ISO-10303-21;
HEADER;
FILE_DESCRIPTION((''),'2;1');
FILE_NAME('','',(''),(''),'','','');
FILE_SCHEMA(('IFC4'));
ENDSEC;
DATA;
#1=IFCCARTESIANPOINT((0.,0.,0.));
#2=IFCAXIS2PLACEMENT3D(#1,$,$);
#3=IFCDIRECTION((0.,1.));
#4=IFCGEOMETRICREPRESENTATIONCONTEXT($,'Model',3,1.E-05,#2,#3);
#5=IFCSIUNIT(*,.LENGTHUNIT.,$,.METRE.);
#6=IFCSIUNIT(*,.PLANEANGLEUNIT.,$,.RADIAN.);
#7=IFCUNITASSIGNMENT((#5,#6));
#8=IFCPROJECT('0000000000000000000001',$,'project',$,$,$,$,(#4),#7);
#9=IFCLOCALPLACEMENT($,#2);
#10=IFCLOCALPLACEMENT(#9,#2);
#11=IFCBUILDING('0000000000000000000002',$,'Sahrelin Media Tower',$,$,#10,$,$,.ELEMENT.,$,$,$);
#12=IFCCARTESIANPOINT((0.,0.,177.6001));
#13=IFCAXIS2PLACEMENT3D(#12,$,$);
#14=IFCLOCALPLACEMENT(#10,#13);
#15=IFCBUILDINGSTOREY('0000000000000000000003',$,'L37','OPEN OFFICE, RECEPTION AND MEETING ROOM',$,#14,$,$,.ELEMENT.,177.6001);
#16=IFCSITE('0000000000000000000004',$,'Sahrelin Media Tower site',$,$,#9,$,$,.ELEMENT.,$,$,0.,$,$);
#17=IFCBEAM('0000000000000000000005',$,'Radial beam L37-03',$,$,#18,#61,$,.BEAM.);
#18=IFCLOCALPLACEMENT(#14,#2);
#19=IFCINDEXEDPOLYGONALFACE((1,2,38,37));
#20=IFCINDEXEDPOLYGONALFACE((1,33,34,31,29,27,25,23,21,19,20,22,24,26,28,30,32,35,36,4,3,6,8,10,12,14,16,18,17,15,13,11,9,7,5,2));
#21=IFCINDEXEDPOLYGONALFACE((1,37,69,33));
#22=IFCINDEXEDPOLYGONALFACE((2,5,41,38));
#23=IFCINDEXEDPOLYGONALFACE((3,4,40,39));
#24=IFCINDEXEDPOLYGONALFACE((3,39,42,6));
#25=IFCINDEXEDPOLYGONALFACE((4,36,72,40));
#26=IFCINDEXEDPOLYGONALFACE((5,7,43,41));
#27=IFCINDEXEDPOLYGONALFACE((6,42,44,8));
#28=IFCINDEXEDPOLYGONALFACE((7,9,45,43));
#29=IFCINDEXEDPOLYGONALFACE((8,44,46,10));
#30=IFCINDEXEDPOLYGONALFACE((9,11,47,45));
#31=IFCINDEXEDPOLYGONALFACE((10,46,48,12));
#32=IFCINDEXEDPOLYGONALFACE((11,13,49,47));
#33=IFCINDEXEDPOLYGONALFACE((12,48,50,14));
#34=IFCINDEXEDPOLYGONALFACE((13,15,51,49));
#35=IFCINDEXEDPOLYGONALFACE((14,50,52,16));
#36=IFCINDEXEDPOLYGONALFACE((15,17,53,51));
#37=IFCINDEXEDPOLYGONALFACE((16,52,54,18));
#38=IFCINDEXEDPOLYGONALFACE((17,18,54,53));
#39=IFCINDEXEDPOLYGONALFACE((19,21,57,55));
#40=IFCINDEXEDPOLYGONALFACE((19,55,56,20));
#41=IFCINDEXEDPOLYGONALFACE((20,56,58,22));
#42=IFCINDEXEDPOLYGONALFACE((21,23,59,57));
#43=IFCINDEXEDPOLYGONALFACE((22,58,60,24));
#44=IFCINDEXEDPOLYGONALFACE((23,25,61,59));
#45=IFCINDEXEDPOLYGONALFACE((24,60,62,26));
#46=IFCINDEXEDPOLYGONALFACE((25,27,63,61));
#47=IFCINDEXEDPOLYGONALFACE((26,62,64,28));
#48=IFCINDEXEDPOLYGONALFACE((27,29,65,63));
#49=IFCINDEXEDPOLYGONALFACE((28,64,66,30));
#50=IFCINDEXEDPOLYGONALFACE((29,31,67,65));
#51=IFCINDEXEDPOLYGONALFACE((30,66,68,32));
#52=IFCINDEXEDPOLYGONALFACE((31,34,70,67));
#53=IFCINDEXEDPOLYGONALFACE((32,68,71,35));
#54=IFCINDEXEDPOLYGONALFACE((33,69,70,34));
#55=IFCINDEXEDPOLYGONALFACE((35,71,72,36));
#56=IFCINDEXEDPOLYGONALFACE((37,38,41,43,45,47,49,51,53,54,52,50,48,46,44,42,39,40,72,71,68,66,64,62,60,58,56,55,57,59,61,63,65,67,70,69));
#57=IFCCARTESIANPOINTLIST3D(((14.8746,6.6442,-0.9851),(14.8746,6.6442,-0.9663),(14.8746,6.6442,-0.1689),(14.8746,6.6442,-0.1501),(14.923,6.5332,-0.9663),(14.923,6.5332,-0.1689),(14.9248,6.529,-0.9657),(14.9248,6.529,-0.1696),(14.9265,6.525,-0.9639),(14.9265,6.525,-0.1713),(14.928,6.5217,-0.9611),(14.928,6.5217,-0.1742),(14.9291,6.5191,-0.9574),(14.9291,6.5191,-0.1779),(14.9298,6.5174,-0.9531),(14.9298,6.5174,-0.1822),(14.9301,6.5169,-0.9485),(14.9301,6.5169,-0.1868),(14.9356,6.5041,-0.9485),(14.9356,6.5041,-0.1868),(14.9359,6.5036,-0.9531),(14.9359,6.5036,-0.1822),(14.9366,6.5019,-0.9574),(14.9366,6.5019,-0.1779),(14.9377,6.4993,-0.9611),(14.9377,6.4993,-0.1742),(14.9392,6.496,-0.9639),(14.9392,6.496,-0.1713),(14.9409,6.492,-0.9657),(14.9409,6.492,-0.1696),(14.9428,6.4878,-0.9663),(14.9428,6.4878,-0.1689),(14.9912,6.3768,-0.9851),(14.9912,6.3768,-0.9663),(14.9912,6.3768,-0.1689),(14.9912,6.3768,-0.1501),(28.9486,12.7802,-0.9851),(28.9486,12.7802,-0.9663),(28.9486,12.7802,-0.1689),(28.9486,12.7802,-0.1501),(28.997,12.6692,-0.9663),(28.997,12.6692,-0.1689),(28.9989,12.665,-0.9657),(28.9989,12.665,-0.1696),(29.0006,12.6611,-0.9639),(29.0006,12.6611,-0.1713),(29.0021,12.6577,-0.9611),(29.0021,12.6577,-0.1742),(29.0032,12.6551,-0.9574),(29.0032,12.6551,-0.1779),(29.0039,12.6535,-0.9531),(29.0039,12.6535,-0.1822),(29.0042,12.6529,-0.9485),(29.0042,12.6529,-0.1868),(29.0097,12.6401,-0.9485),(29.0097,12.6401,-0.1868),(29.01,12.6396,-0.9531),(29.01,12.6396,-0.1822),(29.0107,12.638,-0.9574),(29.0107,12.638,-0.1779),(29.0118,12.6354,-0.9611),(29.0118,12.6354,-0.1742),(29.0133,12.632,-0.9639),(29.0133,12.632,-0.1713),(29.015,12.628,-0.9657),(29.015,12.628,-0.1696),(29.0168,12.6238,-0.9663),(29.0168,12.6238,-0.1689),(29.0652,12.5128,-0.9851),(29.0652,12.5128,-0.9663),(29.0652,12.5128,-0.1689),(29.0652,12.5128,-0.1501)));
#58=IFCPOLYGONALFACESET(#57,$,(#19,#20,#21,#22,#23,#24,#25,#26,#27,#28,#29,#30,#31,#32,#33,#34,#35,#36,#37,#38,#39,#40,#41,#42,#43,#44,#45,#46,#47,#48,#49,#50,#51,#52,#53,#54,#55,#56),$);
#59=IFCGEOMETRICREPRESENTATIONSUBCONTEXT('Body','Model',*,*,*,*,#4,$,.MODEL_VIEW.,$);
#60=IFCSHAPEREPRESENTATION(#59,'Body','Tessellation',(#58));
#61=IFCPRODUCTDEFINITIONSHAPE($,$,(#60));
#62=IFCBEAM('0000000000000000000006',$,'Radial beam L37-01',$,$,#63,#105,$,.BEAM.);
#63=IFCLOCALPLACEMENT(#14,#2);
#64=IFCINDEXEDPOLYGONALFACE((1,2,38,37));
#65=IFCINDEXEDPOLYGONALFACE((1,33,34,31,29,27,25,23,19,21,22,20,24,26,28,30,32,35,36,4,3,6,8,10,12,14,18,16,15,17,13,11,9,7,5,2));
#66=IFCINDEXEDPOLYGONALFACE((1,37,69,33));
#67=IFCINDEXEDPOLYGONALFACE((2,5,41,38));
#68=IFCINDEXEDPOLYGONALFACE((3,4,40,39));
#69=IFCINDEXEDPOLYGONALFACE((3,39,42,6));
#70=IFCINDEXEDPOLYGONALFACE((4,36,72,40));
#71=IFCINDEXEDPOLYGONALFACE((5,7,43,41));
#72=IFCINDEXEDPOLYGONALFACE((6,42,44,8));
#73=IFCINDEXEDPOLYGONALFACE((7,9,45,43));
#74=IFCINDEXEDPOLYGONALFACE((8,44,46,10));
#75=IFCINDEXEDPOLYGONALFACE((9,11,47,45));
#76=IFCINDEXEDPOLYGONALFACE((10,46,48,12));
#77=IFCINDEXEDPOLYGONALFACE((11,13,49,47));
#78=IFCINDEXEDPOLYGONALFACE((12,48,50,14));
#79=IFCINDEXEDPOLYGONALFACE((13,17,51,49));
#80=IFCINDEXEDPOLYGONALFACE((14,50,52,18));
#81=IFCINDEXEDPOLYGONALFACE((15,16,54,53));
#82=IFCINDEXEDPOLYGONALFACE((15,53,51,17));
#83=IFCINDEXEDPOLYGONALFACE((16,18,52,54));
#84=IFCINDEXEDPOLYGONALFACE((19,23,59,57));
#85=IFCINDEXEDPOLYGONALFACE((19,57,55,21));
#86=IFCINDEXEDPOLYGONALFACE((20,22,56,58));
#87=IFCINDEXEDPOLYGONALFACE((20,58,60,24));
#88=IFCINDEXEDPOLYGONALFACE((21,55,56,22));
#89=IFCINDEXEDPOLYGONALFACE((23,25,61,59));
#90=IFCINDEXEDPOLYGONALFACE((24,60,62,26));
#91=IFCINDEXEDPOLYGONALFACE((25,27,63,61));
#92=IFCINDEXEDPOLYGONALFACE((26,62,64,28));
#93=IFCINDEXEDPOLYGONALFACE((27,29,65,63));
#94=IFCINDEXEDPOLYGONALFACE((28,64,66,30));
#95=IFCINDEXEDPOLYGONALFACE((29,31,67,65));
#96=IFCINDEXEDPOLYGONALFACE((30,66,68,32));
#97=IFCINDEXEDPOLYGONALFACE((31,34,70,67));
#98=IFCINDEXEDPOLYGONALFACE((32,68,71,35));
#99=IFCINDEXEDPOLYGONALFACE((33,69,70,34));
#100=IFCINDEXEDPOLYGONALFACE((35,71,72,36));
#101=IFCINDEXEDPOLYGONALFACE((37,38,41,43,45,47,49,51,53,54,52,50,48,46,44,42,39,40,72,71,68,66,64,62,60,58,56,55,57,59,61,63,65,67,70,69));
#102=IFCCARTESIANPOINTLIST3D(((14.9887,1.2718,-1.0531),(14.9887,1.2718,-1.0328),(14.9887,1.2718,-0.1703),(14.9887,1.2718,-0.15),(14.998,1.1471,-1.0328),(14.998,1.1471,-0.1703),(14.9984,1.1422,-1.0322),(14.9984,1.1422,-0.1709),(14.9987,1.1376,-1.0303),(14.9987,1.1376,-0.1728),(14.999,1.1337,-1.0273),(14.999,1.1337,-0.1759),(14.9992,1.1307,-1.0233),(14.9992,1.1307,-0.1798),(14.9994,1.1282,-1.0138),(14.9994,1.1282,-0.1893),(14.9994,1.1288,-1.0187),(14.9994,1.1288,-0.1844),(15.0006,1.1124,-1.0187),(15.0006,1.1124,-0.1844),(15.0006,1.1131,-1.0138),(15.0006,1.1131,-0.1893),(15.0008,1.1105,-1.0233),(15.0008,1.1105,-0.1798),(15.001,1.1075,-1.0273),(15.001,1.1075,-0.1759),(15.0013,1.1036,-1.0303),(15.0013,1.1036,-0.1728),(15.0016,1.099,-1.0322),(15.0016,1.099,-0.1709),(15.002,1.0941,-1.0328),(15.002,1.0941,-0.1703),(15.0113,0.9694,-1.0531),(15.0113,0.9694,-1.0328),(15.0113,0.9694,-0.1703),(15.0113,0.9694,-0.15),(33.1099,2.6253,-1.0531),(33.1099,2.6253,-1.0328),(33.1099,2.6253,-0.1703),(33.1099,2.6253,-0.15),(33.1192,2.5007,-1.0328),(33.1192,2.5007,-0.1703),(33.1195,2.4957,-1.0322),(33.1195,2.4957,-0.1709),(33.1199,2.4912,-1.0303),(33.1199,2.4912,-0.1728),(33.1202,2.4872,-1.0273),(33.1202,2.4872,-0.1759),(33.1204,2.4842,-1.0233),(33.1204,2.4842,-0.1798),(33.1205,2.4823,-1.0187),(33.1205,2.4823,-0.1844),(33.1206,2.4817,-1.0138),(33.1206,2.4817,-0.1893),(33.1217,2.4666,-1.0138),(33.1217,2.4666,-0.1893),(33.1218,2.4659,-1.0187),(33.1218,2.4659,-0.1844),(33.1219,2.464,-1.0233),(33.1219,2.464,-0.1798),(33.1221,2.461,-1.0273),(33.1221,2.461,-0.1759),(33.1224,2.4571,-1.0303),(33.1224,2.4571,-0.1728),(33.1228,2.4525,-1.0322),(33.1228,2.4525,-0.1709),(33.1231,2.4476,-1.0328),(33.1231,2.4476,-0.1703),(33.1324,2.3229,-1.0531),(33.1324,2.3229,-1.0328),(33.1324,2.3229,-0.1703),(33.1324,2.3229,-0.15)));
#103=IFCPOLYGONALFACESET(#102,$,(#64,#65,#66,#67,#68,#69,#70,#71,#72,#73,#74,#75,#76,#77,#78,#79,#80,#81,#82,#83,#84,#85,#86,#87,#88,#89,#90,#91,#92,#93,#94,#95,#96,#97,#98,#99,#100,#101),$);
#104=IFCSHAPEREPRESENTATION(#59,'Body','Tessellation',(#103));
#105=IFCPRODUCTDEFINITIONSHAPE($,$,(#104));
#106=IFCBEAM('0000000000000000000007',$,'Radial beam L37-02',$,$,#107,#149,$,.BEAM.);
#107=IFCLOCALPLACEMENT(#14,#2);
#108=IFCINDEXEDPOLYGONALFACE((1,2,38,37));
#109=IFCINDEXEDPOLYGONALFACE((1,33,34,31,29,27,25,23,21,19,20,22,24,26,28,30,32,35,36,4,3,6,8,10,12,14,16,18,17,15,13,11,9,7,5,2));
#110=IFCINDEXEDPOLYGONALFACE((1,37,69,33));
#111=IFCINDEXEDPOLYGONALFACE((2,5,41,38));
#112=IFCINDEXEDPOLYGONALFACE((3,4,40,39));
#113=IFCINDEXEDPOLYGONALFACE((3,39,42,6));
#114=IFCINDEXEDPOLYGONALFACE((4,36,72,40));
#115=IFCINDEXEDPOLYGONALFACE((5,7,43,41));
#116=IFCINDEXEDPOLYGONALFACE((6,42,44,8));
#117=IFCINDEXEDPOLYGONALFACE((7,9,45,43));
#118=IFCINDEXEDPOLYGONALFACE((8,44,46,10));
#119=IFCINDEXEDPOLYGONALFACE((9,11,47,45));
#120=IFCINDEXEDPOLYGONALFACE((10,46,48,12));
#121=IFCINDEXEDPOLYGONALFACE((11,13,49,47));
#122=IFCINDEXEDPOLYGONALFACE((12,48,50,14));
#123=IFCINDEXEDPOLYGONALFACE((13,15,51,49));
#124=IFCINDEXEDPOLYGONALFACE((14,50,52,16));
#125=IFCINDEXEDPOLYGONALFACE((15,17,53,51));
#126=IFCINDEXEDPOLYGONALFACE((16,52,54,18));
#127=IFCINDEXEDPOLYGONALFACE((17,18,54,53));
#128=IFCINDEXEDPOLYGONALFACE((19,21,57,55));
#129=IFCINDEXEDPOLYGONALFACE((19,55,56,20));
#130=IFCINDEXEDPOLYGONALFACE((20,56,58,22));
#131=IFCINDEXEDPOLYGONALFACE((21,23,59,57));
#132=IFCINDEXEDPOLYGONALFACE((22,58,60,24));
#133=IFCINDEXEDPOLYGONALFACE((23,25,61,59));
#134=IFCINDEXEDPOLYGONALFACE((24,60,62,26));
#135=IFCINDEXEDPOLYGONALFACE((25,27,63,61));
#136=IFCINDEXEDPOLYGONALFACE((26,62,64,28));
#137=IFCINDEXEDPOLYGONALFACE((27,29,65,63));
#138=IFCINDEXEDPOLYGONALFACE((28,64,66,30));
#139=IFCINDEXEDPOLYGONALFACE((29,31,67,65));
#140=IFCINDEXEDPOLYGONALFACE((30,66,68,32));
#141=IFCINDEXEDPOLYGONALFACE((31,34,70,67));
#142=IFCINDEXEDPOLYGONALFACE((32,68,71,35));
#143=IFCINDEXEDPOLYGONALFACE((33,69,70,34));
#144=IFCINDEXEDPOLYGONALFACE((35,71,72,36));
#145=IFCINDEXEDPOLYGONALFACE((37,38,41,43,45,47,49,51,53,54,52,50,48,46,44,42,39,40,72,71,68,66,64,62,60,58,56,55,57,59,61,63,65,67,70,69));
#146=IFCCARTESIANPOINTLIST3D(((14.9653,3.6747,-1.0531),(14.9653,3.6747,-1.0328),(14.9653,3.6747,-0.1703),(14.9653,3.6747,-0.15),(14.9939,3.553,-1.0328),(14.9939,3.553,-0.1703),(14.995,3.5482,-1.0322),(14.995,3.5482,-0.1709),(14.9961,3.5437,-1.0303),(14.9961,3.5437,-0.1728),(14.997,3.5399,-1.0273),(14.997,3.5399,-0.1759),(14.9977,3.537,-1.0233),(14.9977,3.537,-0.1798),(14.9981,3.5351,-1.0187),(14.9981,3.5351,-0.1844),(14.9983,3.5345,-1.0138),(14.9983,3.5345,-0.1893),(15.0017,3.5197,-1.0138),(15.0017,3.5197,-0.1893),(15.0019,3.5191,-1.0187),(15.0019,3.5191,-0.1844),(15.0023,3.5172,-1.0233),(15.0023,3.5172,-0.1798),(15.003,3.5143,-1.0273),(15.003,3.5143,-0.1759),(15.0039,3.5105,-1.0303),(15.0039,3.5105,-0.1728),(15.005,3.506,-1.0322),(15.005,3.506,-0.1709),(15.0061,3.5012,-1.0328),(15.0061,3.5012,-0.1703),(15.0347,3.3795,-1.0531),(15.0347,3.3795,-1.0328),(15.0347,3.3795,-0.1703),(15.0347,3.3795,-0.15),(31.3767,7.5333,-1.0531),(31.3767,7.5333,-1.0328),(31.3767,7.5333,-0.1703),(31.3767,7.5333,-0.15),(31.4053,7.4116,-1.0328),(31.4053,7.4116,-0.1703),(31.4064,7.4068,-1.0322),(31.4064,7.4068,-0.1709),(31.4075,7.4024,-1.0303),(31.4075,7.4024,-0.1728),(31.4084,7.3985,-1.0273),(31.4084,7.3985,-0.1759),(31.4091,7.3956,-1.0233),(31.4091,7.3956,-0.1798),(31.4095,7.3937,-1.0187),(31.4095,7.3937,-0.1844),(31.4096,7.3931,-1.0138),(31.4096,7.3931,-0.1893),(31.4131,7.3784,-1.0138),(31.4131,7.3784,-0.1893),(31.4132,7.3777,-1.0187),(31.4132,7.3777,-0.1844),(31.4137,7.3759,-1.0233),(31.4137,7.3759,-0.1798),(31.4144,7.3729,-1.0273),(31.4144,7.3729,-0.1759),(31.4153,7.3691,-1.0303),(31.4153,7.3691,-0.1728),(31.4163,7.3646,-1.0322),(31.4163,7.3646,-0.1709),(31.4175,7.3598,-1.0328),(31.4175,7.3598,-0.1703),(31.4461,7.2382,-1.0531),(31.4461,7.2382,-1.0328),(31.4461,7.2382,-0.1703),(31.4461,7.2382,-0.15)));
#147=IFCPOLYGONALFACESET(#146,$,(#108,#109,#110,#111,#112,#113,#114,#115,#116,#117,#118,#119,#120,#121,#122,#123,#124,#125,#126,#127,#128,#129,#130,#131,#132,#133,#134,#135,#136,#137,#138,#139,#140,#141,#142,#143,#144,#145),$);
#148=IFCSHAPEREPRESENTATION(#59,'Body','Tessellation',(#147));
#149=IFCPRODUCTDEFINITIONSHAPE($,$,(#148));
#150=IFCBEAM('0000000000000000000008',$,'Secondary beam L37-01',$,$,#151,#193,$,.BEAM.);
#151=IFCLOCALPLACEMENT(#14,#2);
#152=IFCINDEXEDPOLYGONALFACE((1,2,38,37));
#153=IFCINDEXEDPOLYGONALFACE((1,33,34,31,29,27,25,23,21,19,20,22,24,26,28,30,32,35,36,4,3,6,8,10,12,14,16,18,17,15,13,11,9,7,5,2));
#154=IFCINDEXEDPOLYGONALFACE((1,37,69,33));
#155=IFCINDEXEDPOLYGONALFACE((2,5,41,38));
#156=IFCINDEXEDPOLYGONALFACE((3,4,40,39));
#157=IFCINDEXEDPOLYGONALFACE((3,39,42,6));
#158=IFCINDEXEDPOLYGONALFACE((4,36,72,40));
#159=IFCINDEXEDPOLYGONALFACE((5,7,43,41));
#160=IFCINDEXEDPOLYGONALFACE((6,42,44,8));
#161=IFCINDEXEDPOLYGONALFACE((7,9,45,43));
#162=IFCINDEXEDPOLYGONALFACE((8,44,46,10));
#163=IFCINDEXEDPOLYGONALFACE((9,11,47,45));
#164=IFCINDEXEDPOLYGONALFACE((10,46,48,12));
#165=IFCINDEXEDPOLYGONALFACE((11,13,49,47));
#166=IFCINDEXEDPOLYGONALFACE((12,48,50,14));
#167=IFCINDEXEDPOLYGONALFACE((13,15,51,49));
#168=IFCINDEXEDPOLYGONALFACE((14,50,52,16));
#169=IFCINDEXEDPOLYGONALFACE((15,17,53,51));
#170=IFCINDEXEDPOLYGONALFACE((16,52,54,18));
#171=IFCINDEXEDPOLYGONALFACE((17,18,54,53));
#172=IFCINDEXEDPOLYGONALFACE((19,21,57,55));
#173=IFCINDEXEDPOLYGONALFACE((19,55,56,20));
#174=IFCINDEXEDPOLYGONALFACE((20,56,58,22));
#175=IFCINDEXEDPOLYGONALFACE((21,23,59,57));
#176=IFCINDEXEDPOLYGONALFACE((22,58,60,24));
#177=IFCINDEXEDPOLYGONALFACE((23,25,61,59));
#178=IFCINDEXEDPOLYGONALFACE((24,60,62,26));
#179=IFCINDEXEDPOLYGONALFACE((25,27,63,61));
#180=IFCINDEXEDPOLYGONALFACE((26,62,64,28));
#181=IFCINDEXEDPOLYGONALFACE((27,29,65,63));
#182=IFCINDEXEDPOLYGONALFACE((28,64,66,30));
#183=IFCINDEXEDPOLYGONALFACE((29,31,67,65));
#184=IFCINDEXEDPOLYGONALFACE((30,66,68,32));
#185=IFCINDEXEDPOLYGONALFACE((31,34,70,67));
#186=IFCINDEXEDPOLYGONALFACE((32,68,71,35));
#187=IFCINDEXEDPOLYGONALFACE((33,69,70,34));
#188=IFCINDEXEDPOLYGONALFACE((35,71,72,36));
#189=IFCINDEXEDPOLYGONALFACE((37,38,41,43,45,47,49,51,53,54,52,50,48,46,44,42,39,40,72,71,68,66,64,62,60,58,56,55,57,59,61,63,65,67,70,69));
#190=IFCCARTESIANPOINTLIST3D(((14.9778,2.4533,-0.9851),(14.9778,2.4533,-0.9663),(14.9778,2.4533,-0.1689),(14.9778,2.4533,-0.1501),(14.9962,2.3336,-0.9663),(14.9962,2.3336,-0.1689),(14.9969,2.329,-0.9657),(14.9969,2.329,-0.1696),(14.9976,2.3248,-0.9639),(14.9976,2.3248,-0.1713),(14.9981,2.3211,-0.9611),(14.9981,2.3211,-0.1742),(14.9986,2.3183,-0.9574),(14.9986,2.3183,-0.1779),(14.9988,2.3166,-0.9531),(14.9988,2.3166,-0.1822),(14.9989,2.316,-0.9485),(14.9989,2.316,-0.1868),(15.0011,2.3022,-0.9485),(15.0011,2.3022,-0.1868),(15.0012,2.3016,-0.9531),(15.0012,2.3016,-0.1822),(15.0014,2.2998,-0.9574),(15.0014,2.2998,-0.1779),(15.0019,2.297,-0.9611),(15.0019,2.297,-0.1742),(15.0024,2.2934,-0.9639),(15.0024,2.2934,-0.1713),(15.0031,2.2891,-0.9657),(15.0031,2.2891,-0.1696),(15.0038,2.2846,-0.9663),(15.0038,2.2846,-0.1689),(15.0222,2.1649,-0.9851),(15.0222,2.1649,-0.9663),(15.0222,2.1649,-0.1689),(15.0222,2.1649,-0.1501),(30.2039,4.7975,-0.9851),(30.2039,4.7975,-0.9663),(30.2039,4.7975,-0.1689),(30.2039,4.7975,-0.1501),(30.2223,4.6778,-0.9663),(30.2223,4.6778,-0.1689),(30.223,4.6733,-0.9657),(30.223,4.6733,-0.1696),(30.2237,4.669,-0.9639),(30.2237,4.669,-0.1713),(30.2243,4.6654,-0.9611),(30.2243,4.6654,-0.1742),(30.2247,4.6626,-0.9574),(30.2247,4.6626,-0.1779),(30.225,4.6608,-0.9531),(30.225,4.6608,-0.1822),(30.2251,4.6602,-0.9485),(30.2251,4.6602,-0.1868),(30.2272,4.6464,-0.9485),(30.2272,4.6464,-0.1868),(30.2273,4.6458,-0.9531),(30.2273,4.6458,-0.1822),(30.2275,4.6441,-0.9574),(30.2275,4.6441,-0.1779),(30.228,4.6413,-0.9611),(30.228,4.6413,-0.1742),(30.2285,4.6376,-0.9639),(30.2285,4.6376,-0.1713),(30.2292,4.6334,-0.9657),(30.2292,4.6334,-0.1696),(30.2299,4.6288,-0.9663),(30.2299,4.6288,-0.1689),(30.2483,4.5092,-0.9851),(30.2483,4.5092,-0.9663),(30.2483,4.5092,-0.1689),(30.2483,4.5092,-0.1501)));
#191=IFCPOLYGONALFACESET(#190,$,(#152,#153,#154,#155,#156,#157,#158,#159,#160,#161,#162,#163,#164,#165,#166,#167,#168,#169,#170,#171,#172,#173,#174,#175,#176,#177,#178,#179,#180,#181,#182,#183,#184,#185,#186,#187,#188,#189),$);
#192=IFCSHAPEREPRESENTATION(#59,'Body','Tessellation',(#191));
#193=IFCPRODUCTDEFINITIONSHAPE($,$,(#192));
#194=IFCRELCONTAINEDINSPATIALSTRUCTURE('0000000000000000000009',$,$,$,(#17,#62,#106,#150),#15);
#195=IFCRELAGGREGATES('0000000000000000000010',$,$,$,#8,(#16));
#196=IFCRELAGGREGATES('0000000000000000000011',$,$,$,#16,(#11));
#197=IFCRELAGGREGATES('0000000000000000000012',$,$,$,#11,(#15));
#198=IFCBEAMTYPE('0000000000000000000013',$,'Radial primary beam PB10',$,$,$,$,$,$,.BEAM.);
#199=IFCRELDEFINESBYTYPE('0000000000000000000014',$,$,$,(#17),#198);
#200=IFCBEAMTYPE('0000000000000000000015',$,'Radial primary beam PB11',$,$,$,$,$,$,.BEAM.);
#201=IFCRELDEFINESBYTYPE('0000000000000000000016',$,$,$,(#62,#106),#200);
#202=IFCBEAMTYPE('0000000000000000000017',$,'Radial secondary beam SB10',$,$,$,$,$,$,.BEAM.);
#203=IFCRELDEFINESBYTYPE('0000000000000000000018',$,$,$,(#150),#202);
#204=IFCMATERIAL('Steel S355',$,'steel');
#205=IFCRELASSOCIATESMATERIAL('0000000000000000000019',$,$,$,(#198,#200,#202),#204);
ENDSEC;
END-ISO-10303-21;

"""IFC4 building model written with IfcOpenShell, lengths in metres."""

from ifc_helpers import new_model, si_unit, direction, frame, origin, origin_2d, place, context, subcontext, project, spatial, i_section, extrude, material, material_profile, profile_set, type_object, element, save


model = new_model("IFC4")

# Units and contexts
model_context = context("Model", 3, precision=1e-05, world=origin(), true_north=direction((0.0, 1.0)))
body_context = subcontext(model_context, "Body", "Model", "MODEL_VIEW")
ifc_project = project(units=[si_unit("LENGTHUNIT", "METRE"), si_unit("PLANEANGLEUNIT", "RADIAN")], contexts=[model_context])

# Site, building, storey
site_placement = place(None, origin())
site = spatial("IfcSite", under=ifc_project, at=site_placement, Name="Sahrelin Media Tower site", CompositionType="ELEMENT", RefElevation=0.0)
building_placement = place(site_placement, origin())
building = spatial("IfcBuilding", under=site, at=building_placement, Name="Sahrelin Media Tower", CompositionType="ELEMENT")
storey_placement = place(building_placement, frame((0.0, 0.0, 177.6001)))
storey = spatial("IfcBuildingStorey", under=building, at=storey_placement, Name="L37", Description="OPEN OFFICE, RECEPTION AND MEETING ROOM", CompositionType="ELEMENT", Elevation=177.6001)

# Beams
ifc_material_1 = material(Name="Steel S355", Category="steel")
ifc_material_profile_1 = material_profile(ifc_material_1, i_section(OverallWidth=0.2917, OverallDepth=0.835, WebThickness=0.0139, FlangeThickness=0.0188, FilletRadius=0.0178, at=origin_2d()), Name="UB 838x292x176")
ifc_profile_set_1 = profile_set([ifc_material_profile_1], Name="Steel S355")
beam_type_1 = type_object("IfcBeamType", Name="Radial primary beam PB10", PredefinedType="BEAM", material=ifc_profile_set_1)
beam_1_placement = place(storey_placement, frame((14.9329, 6.5105, -0.5676), z_axis=(0.916668, 0.39965, 0.0), x_axis=(-0.39965, 0.916668, 0.0)))
element("IfcBeam", 1, at=beam_1_placement, inside=storey, type_object=beam_type_1, Name="Radial beam L37-03", PredefinedType="BEAM", context=body_context, shape_type="SweptSolid", body=[
    extrude(i_section(OverallWidth=0.2917, OverallDepth=0.835, WebThickness=0.0139, FlangeThickness=0.0188, FilletRadius=0.0178, at=origin_2d()), origin(), (0.0, 0.0, 1.0), 15.3535),
])
ifc_material_profile_2 = material_profile(ifc_material_1, i_section(OverallWidth=0.3032, OverallDepth=0.9031, WebThickness=0.0151, FlangeThickness=0.0203, FilletRadius=0.019, at=origin_2d()), Name="UB 914x305x201")
ifc_profile_set_2 = profile_set([ifc_material_profile_2], Name="Steel S355")
beam_type_2 = type_object("IfcBeamType", Name="Radial primary beam PB11", PredefinedType="BEAM", material=ifc_profile_set_2)
beam_2_placement = place(storey_placement, frame((15.0, 1.1206, -0.6016), z_axis=(0.997222, 0.074485, 0.0), x_axis=(-0.074485, 0.997222, 0.0)))
element("IfcBeam", 2, at=beam_2_placement, inside=storey, type_object=beam_type_2, Name="Radial beam L37-01", PredefinedType="BEAM", context=body_context, shape_type="SweptSolid", body=[
    extrude(i_section(OverallWidth=0.3032, OverallDepth=0.9031, WebThickness=0.0151, FlangeThickness=0.0203, FilletRadius=0.019, at=origin_2d()), origin(), (0.0, 0.0, 1.0), 18.1716),
])
beam_3_placement = place(storey_placement, frame((15.0, 3.5271, -0.6016), z_axis=(0.973455, 0.228879, 0.0), x_axis=(-0.228879, 0.973455, 0.0)))
element("IfcBeam", 3, at=beam_3_placement, inside=storey, type_object=beam_type_2, Name="Radial beam L37-02", PredefinedType="BEAM", context=body_context, shape_type="SweptSolid", body=[
    extrude(i_section(OverallWidth=0.3032, OverallDepth=0.9031, WebThickness=0.0151, FlangeThickness=0.0203, FilletRadius=0.019, at=origin_2d()), origin(), (0.0, 0.0, 1.0), 16.8589),
])
ifc_material_profile_3 = material_profile(ifc_material_1, i_section(OverallWidth=0.2917, OverallDepth=0.835, WebThickness=0.0139, FlangeThickness=0.0188, FilletRadius=0.0178, at=origin_2d()), Name="UB 838x292x176")
ifc_profile_set_3 = profile_set([ifc_material_profile_3], Name="Steel S355")
beam_type_3 = type_object("IfcBeamType", Name="Radial secondary beam SB10", PredefinedType="BEAM", material=ifc_profile_set_3)
beam_4_placement = place(storey_placement, frame((15.0, 2.3091, -0.5676), z_axis=(0.988354, 0.152169, 0.0), x_axis=(-0.152169, 0.988354, 0.0)))
element("IfcBeam", 4, at=beam_4_placement, inside=storey, type_object=beam_type_3, Name="Secondary beam L37-01", PredefinedType="BEAM", context=body_context, shape_type="SweptSolid", body=[
    extrude(i_section(OverallWidth=0.2917, OverallDepth=0.835, WebThickness=0.0139, FlangeThickness=0.0188, FilletRadius=0.0178, at=origin_2d()), origin(), (0.0, 0.0, 1.0), 15.4055),
])

save(model, "model.ifc")
